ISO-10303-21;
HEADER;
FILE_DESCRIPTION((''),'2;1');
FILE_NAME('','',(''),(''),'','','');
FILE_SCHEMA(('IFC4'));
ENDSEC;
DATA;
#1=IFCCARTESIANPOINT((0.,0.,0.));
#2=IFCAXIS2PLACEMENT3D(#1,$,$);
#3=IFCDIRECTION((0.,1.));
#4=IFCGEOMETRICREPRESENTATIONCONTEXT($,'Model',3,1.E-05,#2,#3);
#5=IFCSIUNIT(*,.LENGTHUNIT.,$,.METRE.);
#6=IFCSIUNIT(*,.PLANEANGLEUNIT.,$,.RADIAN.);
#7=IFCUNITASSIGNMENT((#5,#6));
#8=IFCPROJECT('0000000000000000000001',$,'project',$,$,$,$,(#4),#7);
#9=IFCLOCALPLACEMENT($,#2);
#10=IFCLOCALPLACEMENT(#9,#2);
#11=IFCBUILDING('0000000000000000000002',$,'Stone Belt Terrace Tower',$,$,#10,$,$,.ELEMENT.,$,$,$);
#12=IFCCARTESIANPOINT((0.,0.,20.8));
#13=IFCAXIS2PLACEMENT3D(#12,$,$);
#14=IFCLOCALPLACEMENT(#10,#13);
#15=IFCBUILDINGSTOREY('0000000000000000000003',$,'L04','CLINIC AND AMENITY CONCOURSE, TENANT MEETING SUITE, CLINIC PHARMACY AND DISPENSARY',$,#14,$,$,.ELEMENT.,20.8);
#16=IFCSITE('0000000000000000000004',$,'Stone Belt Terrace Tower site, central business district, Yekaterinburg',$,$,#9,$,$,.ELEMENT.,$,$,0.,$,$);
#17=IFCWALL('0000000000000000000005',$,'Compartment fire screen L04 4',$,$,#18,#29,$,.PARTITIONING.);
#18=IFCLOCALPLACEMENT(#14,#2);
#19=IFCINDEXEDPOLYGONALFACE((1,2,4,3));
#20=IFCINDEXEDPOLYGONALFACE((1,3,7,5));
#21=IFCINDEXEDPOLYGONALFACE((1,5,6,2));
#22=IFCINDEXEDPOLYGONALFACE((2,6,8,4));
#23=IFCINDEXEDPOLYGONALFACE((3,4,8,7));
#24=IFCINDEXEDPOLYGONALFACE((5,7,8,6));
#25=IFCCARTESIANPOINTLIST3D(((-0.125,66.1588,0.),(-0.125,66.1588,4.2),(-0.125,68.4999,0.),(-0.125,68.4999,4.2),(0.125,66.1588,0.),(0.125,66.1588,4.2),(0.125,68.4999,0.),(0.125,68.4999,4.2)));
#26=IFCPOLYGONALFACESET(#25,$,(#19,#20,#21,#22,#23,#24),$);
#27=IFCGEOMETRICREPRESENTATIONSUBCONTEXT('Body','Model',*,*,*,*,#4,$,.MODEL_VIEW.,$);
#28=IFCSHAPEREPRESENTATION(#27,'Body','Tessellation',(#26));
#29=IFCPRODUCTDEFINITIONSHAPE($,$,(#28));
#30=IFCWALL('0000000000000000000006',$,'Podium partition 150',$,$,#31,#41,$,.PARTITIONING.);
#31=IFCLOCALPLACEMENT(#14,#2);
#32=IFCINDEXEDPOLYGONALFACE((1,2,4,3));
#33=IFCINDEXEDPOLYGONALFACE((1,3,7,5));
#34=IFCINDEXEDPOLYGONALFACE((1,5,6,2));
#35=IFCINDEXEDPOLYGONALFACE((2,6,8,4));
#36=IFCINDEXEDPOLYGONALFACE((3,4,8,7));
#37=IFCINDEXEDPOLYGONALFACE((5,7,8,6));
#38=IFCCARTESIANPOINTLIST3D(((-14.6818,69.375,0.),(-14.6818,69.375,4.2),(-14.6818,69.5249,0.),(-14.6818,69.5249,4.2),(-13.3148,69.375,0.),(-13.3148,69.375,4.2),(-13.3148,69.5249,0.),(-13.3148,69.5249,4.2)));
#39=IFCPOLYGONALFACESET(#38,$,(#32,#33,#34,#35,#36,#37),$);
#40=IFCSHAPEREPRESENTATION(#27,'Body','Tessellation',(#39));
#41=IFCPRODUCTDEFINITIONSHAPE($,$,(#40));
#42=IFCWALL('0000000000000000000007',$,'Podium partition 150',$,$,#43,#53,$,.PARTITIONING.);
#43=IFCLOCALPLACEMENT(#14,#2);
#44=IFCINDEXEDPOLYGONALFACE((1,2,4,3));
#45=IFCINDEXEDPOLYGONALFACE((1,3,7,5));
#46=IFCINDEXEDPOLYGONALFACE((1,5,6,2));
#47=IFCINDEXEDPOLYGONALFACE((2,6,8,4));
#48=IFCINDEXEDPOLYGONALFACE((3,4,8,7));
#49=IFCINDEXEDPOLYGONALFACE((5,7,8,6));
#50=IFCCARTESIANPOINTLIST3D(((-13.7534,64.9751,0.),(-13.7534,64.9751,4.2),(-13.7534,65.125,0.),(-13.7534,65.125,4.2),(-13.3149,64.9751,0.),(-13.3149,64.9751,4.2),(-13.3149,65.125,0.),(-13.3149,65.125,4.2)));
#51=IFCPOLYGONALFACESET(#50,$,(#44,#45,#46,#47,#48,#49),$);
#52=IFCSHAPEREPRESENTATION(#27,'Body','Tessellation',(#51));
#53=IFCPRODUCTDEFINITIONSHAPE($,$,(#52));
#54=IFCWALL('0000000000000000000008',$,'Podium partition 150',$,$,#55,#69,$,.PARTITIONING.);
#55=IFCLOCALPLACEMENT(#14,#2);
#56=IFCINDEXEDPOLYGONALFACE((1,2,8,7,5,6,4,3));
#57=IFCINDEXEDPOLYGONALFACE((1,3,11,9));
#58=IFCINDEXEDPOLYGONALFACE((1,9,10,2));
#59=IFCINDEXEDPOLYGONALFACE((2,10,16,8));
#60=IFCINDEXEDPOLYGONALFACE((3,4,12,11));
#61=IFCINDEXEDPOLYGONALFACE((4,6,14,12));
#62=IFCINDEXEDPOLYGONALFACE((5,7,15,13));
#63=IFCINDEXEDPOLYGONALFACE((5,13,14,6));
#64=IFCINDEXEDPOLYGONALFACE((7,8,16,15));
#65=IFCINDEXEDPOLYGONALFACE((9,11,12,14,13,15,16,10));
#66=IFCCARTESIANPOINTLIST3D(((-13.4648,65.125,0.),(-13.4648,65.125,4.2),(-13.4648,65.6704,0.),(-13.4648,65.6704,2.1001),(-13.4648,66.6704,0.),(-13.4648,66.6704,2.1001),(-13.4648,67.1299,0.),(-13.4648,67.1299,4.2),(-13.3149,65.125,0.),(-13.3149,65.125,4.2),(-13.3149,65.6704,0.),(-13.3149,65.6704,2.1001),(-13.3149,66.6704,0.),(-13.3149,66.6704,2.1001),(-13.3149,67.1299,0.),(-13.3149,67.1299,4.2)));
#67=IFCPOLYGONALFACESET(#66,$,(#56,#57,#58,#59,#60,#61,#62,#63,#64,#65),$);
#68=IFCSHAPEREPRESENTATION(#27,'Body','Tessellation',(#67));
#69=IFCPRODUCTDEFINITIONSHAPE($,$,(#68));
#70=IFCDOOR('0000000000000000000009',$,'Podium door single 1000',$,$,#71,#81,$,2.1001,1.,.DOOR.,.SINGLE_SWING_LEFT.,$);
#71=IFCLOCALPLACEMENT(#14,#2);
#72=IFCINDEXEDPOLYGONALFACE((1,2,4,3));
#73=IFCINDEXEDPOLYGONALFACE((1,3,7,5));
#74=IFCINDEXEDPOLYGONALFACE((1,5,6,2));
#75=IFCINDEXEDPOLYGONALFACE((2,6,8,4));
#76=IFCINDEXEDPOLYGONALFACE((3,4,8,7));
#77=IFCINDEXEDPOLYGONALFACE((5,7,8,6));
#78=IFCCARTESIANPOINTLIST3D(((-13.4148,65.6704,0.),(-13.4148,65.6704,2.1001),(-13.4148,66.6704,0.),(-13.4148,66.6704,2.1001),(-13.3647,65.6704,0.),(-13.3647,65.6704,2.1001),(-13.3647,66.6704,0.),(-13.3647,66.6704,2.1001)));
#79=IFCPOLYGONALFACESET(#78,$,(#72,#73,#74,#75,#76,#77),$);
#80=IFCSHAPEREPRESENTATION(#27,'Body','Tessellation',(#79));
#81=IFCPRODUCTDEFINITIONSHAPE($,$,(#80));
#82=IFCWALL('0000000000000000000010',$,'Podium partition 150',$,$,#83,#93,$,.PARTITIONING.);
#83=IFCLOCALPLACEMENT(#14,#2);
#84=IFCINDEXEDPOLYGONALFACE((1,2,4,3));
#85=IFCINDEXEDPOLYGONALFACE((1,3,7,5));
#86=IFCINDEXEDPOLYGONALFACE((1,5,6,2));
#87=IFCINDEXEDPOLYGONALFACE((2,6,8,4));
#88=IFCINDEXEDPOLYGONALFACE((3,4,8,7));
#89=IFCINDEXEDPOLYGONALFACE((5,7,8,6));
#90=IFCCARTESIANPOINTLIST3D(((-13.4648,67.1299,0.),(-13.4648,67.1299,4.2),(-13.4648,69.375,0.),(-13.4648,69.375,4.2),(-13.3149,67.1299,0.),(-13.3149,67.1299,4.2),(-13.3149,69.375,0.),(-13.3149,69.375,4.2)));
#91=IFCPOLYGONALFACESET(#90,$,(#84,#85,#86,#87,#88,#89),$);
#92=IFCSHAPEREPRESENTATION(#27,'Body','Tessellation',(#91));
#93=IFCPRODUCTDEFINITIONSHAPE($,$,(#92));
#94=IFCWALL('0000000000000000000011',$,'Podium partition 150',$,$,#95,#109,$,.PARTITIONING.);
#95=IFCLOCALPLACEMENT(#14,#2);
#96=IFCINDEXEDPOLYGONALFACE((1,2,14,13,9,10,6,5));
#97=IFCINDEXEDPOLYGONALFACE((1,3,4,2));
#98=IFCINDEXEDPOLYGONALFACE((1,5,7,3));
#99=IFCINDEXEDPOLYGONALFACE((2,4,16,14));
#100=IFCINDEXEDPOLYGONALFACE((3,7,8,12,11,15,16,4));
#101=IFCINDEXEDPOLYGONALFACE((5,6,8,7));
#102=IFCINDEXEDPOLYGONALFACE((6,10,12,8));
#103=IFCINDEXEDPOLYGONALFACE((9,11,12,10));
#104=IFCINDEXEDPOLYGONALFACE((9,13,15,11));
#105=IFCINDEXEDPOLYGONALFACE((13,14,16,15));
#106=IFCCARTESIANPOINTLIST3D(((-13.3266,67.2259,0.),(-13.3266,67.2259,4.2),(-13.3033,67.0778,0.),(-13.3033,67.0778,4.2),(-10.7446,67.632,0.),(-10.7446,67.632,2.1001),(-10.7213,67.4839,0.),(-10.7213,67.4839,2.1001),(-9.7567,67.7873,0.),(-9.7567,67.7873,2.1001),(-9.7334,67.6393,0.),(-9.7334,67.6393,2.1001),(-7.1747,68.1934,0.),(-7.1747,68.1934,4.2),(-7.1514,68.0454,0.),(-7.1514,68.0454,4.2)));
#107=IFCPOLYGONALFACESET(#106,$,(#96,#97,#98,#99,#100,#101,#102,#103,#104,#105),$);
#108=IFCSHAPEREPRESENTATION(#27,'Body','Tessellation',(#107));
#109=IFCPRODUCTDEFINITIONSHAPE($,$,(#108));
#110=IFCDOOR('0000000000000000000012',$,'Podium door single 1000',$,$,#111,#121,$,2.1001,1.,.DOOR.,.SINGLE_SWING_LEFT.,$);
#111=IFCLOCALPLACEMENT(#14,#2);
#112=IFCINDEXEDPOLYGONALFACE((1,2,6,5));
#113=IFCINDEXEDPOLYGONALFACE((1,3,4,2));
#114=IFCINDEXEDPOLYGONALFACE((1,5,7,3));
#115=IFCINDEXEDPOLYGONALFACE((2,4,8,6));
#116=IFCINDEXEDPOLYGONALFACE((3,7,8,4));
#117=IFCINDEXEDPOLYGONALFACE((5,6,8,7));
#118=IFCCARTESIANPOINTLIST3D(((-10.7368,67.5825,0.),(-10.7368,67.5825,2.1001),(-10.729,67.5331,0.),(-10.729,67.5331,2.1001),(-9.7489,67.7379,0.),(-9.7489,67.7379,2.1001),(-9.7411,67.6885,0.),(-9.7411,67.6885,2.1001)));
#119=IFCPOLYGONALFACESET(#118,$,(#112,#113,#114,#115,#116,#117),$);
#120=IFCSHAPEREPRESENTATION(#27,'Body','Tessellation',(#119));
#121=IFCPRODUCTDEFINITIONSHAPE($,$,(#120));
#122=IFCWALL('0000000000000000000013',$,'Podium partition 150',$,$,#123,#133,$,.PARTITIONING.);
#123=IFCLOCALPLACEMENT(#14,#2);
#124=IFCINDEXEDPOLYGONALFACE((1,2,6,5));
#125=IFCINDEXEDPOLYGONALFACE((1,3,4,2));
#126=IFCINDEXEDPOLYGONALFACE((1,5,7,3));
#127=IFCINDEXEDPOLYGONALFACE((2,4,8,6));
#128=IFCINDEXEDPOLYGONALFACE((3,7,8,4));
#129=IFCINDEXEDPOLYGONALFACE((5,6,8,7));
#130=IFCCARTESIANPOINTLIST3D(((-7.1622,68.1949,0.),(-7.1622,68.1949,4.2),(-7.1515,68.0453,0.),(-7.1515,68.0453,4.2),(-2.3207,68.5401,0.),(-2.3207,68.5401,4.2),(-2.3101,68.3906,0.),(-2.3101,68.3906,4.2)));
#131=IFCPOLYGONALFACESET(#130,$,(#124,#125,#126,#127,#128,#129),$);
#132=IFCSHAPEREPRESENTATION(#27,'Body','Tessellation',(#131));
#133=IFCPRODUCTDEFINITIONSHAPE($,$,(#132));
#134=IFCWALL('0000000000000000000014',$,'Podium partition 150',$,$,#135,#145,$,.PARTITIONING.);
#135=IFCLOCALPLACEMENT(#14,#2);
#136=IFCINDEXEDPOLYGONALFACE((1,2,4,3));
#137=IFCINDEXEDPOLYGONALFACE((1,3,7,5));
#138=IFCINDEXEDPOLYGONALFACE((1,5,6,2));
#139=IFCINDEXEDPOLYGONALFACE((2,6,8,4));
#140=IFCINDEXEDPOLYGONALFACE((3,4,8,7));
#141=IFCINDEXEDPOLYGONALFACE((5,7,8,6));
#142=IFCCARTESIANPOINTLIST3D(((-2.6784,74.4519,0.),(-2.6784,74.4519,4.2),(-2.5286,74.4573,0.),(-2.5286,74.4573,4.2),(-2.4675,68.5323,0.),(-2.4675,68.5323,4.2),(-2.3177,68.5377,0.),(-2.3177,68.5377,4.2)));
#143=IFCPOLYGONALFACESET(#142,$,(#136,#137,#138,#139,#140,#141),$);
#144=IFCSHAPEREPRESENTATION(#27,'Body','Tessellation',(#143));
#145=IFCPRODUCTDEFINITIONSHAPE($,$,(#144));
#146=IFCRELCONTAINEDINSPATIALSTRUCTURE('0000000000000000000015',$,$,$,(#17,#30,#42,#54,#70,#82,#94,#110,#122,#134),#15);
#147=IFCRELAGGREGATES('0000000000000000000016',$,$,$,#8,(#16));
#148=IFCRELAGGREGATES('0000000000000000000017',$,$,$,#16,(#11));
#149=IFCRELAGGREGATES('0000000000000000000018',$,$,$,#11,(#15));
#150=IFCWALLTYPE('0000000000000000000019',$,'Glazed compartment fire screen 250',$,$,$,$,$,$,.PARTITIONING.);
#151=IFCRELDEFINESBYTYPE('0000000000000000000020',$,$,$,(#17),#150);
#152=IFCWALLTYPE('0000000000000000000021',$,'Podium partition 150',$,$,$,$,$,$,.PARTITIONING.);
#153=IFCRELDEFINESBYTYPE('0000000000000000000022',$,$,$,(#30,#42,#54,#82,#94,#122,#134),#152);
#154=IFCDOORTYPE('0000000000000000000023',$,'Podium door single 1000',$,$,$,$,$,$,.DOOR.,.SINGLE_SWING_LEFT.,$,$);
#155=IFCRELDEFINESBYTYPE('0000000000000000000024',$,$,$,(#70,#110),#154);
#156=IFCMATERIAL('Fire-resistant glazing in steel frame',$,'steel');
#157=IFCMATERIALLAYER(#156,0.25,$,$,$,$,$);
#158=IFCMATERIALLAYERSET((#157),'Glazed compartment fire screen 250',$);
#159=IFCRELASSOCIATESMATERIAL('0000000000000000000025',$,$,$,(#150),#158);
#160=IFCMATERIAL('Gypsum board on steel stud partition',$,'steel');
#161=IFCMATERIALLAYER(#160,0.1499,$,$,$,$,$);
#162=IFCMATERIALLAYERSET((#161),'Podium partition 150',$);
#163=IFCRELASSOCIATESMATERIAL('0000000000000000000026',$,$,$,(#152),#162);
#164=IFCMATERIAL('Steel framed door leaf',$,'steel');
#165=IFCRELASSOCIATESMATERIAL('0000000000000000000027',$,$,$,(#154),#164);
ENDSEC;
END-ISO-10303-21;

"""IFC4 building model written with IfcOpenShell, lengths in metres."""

from ifc_helpers import new_model, si_unit, direction, frame, frame_2d, origin, place, context, subcontext, project, spatial, rectangle, extrude, material, layer, layer_set, type_object, element, fill, save


model = new_model("IFC4")

# Units and contexts
model_context = context("Model", 3, precision=1e-05, world=origin(), true_north=direction((0.0, 1.0)))
body_context = subcontext(model_context, "Body", "Model", "MODEL_VIEW")
ifc_project = project(units=[si_unit("LENGTHUNIT", "METRE"), si_unit("PLANEANGLEUNIT", "RADIAN")], contexts=[model_context])

# Site, building, storey
site_placement = place(None, origin())
site = spatial("IfcSite", under=ifc_project, at=site_placement, Name="Stone Belt Terrace Tower site, central business district, Yekaterinburg", CompositionType="ELEMENT", RefElevation=0.0)
building_placement = place(site_placement, origin())
building = spatial("IfcBuilding", under=site, at=building_placement, Name="Stone Belt Terrace Tower", CompositionType="ELEMENT")
storey_placement = place(building_placement, frame((0.0, 0.0, 20.8)))
storey = spatial("IfcBuildingStorey", under=building, at=storey_placement, Name="L04", Description="CLINIC AND AMENITY CONCOURSE, TENANT MEETING SUITE, CLINIC PHARMACY AND DISPENSARY", CompositionType="ELEMENT", Elevation=20.8)

# Walls
ifc_material_1 = material(Name="Fire-resistant glazing in steel frame", Category="steel")
ifc_layer_1 = layer(ifc_material_1, 0.25)
ifc_layer_set_1 = layer_set([ifc_layer_1], Name="Glazed compartment fire screen 250")
wall_type_1 = type_object("IfcWallType", Name="Glazed compartment fire screen 250", PredefinedType="PARTITIONING", material=ifc_layer_set_1)
wall_1_placement = place(storey_placement, frame((0.0, 66.1589, 0.0), z_axis=(0.0, 0.0, 1.0), x_axis=(0.0, 1.0, 0.0)))
element("IfcWall", 1, at=wall_1_placement, inside=storey, type_object=wall_type_1, Name="Compartment fire screen L04 4", PredefinedType="PARTITIONING", context=body_context, shape_type="SweptSolid", body=[
    extrude(rectangle(XDim=2.3411, YDim=0.25, at=frame_2d((1.1704, 0.0))), origin(), (0.0, 0.0, 1.0), 4.2),
])
ifc_material_2 = material(Name="Gypsum board on steel stud partition", Category="steel")
ifc_layer_2 = layer(ifc_material_2, 0.1499)
ifc_layer_set_2 = layer_set([ifc_layer_2], Name="Podium partition 150")
wall_type_2 = type_object("IfcWallType", Name="Podium partition 150", PredefinedType="PARTITIONING", material=ifc_layer_set_2)
wall_2_placement = place(storey_placement, frame((-14.6819, 69.45, 0.0), z_axis=(0.0, 0.0, 1.0), x_axis=(1.0, 0.0, 0.0)))
element("IfcWall", 2, at=wall_2_placement, inside=storey, type_object=wall_type_2, Name="Podium partition 150", PredefinedType="PARTITIONING", context=body_context, shape_type="SweptSolid", body=[
    extrude(rectangle(XDim=1.3669, YDim=0.1499, at=frame_2d((0.6836, 0.0))), origin(), (0.0, 0.0, 1.0), 4.2),
])
wall_3_placement = place(storey_placement, frame((-13.7534, 65.05, 0.0), z_axis=(0.0, 0.0, 1.0), x_axis=(1.0, 0.0, 0.0)))
element("IfcWall", 3, at=wall_3_placement, inside=storey, type_object=wall_type_2, Name="Podium partition 150", PredefinedType="PARTITIONING", context=body_context, shape_type="SweptSolid", body=[
    extrude(rectangle(XDim=0.4385, YDim=0.1499, at=frame_2d((0.2192, 0.0))), origin(), (0.0, 0.0, 1.0), 4.2),
])

# Wall, opening, door
wall_4_placement = place(storey_placement, frame((-13.3899, 65.125, 0.0), z_axis=(0.0, 0.0, 1.0), x_axis=(0.0, 1.0, 0.0)))
wall_4 = element("IfcWall", 4, at=wall_4_placement, inside=storey, type_object=wall_type_2, Name="Podium partition 150", PredefinedType="PARTITIONING", context=body_context, shape_type="SweptSolid", body=[
    extrude(rectangle(XDim=2.0049, YDim=0.1499, at=frame_2d((1.0024, 0.0))), origin(), (0.0, 0.0, 1.0), 4.2),
])
opening_1_placement = place(wall_4_placement, frame((0.5454, 0.0, 0.0)))
opening_1 = element("IfcOpeningElement", 5, at=opening_1_placement, cuts=wall_4, PredefinedType="OPENING", context=body_context, shape_type="SweptSolid", body=[
    extrude(rectangle(XDim=1.0, YDim=2.1001, at=frame_2d((0.5, 1.05))), frame((0.0, 0.085, 0.0), z_axis=(0.0, -1.0, 0.0), x_axis=(1.0, 0.0, 0.0)), (0.0, 0.0, 1.0), 0.1699),
])
ifc_material_3 = material(Name="Steel framed door leaf", Category="steel")
door_type = type_object("IfcDoorType", Name="Podium door single 1000", OperationType="SINGLE_SWING_LEFT", PredefinedType="DOOR", material=ifc_material_3)
door_1_placement = place(opening_1_placement, origin())
door_1 = element("IfcDoor", 6, at=door_1_placement, inside=storey, type_object=door_type, Name="Podium door single 1000", OperationType="SINGLE_SWING_LEFT", OverallHeight=2.1001, OverallWidth=1.0, PredefinedType="DOOR", context=body_context, shape_type="SweptSolid", body=[
    extrude(rectangle(XDim=1.0, YDim=2.1001, at=frame_2d((0.5, 1.05))), frame((0.0, 0.0249, 0.0), z_axis=(0.0, -1.0, 0.0), x_axis=(1.0, 0.0, 0.0)), (0.0, 0.0, 1.0), 0.05),
])
fill(opening_1, door_1)

# Wall
wall_5_placement = place(storey_placement, frame((-13.3899, 67.1299, 0.0), z_axis=(0.0, 0.0, 1.0), x_axis=(0.0, 1.0, 0.0)))
element("IfcWall", 7, at=wall_5_placement, inside=storey, type_object=wall_type_2, Name="Podium partition 150", PredefinedType="PARTITIONING", context=body_context, shape_type="SweptSolid", body=[
    extrude(rectangle(XDim=2.2451, YDim=0.1499, at=frame_2d((1.1226, 0.0))), origin(), (0.0, 0.0, 1.0), 4.2),
])

# Wall, opening, door
wall_6_placement = place(storey_placement, frame((-13.3149, 67.1519, 0.0), z_axis=(0.0, 0.0, 1.0), x_axis=(0.987857, 0.155365, 0.0)))
wall_6 = element("IfcWall", 8, at=wall_6_placement, inside=storey, type_object=wall_type_2, Name="Podium partition 150", PredefinedType="PARTITIONING", context=body_context, shape_type="SweptSolid", body=[
    extrude(rectangle(XDim=6.2275, YDim=0.1499, at=frame_2d((3.1138, 0.0))), origin(), (0.0, 0.0, 1.0), 4.2),
])
opening_2_placement = place(wall_6_placement, frame((2.6138, 0.0, 0.0)))
opening_2 = element("IfcOpeningElement", 9, at=opening_2_placement, cuts=wall_6, PredefinedType="OPENING", context=body_context, shape_type="SweptSolid", body=[
    extrude(rectangle(XDim=1.0, YDim=2.1001, at=frame_2d((0.5, 1.05))), frame((0.0, 0.085, 0.0), z_axis=(0.0, -1.0, 0.0), x_axis=(1.0, 0.0, 0.0)), (0.0, 0.0, 1.0), 0.1699),
])
door_2_placement = place(opening_2_placement, origin())
door_2 = element("IfcDoor", 10, at=door_2_placement, inside=storey, type_object=door_type, Name="Podium door single 1000", OperationType="SINGLE_SWING_LEFT", OverallHeight=2.1001, OverallWidth=1.0, PredefinedType="DOOR", context=body_context, shape_type="SweptSolid", body=[
    extrude(rectangle(XDim=1.0, YDim=2.1001, at=frame_2d((0.5, 1.05))), frame((0.0, 0.0249, 0.0), z_axis=(0.0, -1.0, 0.0), x_axis=(1.0, 0.0, 0.0)), (0.0, 0.0, 1.0), 0.05),
])
fill(opening_2, door_2)

# Walls
wall_7_placement = place(storey_placement, frame((-7.1567, 68.1201, 0.0), z_axis=(0.0, 0.0, 1.0), x_axis=(0.997468, 0.071122, 0.0)))
element("IfcWall", 11, at=wall_7_placement, inside=storey, type_object=wall_type_2, Name="Podium partition 150", PredefinedType="PARTITIONING", context=body_context, shape_type="SweptSolid", body=[
    extrude(rectangle(XDim=4.8538, YDim=0.1499, at=frame_2d((2.4268, 0.0))), origin(), (0.0, 0.0, 1.0), 4.2),
])
wall_8_placement = place(storey_placement, frame((-2.6035, 74.4546, 0.0), z_axis=(0.0, 0.0, 1.0), x_axis=(0.035611, -0.999366, 0.0)))
element("IfcWall", 12, at=wall_8_placement, inside=storey, type_object=wall_type_2, Name="Podium partition 150", PredefinedType="PARTITIONING", context=body_context, shape_type="SweptSolid", body=[
    extrude(rectangle(XDim=5.9233, YDim=0.1499, at=frame_2d((2.9617, 0.0))), origin(), (0.0, 0.0, 1.0), 4.2),
])

save(model, "model.ifc")
